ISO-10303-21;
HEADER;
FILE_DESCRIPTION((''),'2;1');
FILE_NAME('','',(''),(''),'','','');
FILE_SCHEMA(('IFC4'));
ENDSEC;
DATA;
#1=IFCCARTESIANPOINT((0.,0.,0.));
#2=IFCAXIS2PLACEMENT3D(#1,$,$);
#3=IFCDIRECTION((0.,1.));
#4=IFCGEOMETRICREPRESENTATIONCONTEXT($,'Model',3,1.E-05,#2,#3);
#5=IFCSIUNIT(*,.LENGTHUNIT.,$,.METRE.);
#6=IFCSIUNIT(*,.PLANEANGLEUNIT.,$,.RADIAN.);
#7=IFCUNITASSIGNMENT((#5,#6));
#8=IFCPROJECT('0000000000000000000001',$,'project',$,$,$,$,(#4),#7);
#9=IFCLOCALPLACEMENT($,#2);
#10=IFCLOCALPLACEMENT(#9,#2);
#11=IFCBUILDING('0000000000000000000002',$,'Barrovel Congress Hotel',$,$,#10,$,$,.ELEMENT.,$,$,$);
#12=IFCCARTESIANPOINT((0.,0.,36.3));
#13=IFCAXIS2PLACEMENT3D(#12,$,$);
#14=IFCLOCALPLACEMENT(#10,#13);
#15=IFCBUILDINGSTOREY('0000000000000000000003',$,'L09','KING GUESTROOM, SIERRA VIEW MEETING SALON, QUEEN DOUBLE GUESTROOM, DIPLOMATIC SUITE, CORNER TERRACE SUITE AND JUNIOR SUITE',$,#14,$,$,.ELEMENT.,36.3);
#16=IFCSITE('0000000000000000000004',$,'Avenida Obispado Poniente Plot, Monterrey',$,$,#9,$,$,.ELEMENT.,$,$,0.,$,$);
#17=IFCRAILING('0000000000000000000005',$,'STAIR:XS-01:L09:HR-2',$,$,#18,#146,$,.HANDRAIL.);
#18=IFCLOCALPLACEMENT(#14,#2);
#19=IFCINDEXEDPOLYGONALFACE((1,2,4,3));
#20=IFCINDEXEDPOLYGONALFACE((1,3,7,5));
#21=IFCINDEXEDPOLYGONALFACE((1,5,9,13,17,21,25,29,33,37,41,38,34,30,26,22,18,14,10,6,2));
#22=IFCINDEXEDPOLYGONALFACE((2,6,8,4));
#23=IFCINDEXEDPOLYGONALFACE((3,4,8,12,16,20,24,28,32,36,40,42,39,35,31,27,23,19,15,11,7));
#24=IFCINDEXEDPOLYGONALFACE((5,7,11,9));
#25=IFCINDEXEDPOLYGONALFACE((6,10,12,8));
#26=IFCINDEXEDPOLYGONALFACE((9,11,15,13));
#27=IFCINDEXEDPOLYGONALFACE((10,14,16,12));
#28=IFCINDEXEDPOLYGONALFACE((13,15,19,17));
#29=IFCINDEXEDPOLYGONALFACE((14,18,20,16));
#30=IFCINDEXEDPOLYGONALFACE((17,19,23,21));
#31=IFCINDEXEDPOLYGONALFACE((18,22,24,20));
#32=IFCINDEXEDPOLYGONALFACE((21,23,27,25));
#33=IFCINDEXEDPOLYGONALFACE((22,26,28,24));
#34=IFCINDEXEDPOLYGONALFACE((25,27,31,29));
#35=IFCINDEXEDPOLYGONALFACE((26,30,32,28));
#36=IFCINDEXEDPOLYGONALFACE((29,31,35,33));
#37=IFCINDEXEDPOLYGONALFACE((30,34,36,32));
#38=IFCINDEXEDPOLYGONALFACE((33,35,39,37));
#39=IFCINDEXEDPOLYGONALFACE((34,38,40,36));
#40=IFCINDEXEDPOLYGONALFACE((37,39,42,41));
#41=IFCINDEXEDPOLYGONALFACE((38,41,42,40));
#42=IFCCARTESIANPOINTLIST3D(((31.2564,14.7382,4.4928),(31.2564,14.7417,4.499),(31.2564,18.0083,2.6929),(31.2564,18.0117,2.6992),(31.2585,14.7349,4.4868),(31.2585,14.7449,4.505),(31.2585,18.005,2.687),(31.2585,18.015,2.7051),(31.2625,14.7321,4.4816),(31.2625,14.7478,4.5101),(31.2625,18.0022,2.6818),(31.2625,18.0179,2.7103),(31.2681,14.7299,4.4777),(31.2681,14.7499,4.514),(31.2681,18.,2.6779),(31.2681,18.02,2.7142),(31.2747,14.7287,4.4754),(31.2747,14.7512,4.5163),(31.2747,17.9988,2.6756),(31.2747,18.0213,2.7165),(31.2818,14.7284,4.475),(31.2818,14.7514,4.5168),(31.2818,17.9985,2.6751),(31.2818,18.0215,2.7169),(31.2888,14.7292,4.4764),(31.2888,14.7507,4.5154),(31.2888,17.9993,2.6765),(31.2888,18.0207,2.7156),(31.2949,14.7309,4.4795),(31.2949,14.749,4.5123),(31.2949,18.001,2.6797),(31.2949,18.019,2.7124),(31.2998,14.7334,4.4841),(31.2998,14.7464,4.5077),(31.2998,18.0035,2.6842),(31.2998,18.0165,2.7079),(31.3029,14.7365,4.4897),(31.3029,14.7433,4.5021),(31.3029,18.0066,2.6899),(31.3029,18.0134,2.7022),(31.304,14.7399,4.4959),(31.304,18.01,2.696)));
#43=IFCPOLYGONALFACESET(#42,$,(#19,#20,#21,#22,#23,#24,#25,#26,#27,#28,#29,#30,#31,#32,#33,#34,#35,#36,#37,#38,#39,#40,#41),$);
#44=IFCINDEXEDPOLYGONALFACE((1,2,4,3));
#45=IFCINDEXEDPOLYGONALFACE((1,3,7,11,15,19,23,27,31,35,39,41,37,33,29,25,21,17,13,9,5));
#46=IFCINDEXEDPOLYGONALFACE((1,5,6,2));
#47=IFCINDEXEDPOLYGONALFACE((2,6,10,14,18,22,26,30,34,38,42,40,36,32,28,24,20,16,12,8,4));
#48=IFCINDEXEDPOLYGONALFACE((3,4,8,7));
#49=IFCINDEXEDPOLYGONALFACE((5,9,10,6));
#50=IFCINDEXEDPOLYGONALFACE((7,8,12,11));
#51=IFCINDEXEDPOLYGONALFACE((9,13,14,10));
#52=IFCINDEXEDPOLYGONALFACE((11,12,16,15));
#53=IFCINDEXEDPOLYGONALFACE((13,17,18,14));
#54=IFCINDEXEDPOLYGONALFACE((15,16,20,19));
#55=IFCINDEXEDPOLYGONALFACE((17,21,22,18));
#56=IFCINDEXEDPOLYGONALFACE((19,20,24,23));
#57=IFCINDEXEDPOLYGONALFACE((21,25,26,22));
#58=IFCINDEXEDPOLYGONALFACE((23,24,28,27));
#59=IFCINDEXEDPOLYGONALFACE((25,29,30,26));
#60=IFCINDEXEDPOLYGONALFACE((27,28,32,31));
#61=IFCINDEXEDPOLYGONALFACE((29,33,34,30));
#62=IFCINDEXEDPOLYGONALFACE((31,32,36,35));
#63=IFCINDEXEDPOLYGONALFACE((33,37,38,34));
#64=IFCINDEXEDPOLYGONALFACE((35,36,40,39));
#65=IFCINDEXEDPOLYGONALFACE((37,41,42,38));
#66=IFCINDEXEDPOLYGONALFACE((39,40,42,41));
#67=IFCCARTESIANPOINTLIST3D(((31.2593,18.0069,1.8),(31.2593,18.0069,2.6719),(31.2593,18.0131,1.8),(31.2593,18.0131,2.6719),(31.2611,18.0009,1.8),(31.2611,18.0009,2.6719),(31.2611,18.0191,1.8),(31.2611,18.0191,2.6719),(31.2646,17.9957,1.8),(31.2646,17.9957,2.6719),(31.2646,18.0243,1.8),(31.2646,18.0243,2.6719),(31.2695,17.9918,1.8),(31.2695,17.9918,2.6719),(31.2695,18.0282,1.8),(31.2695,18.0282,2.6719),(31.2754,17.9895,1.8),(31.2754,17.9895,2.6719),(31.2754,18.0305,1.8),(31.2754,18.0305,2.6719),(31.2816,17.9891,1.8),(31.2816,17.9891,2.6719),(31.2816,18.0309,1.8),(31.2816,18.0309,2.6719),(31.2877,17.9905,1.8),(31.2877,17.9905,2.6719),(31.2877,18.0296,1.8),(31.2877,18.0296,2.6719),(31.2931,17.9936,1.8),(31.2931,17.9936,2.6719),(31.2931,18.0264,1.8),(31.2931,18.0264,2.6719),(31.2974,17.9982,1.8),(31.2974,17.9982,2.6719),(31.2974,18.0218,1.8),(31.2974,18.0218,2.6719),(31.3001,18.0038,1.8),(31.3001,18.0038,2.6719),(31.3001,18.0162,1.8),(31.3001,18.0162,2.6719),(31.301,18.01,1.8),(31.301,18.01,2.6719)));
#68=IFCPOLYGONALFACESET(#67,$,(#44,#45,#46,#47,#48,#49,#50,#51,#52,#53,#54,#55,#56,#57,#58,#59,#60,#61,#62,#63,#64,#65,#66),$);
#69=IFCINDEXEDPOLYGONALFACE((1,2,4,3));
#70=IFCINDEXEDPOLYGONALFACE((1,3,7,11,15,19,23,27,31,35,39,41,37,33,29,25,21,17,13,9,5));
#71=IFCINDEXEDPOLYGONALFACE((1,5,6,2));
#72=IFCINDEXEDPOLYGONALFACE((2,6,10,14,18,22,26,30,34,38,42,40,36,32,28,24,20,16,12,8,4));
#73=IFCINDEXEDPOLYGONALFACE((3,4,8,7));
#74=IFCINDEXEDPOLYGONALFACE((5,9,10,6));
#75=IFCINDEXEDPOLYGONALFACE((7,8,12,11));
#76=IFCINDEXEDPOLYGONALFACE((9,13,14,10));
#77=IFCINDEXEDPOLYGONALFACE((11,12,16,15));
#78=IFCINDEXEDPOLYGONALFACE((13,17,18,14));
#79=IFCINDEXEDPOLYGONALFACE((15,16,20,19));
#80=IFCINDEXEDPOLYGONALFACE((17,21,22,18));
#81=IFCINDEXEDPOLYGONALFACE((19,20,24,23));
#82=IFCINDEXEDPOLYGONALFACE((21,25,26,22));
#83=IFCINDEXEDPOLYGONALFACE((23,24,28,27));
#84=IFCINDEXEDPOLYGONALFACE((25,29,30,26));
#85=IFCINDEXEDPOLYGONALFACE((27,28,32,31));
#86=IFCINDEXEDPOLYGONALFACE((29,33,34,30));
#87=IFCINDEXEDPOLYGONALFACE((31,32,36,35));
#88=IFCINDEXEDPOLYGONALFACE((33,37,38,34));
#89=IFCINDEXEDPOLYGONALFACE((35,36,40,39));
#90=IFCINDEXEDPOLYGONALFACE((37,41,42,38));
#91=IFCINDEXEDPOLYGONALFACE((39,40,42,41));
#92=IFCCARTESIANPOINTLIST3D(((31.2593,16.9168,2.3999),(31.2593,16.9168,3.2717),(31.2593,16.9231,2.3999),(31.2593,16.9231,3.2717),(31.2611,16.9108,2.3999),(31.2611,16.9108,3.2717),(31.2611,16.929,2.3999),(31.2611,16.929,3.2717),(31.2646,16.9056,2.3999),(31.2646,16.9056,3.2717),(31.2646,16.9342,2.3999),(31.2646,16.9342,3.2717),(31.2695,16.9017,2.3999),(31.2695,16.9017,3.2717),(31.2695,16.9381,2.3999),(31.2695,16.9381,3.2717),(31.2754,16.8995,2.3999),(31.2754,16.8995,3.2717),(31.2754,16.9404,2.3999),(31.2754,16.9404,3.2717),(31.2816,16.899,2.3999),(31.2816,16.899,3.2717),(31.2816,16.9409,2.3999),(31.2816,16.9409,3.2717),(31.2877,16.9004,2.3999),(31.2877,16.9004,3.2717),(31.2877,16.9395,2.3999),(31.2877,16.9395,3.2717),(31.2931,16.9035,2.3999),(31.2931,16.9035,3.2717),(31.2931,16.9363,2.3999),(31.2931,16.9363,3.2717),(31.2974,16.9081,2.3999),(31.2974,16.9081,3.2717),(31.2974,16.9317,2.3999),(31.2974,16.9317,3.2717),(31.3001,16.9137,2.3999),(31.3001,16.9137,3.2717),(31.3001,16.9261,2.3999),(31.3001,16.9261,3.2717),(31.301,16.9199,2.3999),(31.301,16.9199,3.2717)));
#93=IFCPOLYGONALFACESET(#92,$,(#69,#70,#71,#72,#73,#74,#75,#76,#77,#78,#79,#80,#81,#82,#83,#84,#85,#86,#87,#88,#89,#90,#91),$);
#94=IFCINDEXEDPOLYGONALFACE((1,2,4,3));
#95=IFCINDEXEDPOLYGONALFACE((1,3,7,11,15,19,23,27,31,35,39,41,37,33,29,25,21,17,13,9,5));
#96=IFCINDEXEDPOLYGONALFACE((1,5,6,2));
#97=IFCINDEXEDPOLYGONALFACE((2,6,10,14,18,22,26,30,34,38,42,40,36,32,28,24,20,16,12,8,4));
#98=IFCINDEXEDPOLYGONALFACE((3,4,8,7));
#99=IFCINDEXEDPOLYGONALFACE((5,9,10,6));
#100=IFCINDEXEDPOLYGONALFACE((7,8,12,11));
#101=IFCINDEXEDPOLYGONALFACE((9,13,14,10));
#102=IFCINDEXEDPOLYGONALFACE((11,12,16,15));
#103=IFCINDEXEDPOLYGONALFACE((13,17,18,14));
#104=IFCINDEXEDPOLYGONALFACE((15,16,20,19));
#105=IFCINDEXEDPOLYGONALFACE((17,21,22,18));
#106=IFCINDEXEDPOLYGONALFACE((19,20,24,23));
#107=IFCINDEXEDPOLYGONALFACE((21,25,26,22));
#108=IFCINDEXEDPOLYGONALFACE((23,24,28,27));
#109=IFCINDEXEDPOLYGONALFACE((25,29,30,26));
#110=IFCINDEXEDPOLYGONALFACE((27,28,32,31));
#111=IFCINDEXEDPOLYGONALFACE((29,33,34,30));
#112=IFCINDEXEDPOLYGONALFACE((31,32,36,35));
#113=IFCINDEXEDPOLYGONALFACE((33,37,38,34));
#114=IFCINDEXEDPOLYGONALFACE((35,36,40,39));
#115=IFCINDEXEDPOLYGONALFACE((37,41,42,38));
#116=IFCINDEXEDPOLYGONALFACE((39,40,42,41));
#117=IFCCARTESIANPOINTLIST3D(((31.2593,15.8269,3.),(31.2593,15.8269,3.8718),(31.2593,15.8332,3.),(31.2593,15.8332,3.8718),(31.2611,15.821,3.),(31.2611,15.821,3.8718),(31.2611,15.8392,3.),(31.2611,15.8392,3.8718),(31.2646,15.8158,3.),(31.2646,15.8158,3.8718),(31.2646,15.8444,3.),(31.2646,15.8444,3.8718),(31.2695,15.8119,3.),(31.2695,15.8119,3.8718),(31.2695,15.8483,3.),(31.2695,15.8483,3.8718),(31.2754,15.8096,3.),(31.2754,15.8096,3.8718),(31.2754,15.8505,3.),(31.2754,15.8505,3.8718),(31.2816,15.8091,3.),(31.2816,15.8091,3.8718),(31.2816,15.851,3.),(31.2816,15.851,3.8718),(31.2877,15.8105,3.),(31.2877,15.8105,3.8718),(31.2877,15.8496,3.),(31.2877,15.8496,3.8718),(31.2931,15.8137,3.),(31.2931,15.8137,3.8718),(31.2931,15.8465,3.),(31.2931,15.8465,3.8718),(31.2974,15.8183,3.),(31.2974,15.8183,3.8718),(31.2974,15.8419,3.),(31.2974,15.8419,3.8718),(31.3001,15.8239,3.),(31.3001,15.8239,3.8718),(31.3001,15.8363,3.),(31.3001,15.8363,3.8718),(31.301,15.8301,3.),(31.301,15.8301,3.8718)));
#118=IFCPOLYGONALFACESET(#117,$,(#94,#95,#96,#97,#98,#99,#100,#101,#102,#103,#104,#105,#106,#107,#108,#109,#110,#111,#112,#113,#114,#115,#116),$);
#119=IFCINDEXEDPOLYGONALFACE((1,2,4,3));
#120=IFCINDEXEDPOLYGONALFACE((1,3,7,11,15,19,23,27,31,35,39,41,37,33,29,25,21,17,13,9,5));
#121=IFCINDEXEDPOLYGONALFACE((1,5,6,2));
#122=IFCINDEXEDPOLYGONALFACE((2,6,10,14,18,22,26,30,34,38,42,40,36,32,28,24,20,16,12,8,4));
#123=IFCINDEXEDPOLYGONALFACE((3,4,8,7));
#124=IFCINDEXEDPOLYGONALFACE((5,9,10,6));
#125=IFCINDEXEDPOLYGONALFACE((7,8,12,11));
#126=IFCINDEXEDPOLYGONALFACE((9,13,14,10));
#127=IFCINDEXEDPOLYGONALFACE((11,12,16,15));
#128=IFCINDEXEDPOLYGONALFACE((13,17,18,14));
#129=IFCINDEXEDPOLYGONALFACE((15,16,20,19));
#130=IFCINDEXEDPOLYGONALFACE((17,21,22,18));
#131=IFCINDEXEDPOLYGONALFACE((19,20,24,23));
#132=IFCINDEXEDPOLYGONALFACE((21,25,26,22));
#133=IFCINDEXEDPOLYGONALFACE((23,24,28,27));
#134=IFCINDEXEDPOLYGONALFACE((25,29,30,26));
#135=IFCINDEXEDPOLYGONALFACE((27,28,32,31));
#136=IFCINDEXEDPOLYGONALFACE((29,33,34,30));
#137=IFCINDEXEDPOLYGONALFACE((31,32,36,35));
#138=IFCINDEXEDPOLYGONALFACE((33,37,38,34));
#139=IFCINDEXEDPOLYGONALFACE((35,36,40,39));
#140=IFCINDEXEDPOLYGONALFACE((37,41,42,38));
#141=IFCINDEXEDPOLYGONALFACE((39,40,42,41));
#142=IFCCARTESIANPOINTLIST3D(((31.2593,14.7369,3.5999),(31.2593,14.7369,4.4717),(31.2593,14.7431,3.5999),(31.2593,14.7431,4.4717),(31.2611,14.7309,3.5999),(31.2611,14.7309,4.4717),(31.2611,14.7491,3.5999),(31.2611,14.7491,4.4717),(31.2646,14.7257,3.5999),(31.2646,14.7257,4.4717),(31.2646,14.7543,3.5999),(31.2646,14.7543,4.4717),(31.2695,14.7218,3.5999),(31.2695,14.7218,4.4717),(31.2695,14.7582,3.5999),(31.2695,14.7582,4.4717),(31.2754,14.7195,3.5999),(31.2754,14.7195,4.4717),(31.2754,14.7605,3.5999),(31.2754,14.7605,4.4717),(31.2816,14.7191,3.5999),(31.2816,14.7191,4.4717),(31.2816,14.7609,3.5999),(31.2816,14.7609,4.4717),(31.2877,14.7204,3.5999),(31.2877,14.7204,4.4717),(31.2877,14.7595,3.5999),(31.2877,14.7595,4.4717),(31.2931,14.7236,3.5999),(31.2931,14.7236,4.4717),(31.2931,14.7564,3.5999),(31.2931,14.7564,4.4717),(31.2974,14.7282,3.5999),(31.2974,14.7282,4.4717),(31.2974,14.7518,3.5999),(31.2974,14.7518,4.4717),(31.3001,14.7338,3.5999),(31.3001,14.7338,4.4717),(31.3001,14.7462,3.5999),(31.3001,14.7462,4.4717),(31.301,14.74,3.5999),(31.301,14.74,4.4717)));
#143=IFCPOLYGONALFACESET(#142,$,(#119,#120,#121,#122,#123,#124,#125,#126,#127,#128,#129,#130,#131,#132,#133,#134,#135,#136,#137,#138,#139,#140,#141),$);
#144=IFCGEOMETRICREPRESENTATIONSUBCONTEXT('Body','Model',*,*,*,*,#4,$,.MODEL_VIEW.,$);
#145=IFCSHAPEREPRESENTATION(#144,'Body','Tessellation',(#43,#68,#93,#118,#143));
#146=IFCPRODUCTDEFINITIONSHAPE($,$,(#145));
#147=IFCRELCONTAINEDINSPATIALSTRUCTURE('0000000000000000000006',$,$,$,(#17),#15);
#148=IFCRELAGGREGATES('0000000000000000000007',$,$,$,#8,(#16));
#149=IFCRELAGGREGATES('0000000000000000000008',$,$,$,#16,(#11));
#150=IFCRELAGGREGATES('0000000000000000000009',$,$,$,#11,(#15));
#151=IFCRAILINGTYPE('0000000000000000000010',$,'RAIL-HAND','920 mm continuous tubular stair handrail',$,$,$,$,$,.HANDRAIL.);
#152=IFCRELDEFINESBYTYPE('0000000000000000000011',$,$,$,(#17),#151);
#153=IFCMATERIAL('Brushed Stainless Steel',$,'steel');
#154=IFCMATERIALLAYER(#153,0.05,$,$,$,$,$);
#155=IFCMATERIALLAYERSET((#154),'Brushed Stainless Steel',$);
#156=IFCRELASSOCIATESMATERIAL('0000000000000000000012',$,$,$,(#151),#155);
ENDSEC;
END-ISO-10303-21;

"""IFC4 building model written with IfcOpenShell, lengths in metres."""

from ifc_helpers import new_model, si_unit, direction, frame, origin, origin_2d, place, context, subcontext, project, spatial, circle, extrude, material, layer, layer_set, type_object, element, save


model = new_model("IFC4")

# Units and contexts
model_context = context("Model", 3, precision=1e-05, world=origin(), true_north=direction((0.0, 1.0)))
body_context = subcontext(model_context, "Body", "Model", "MODEL_VIEW")
ifc_project = project(units=[si_unit("LENGTHUNIT", "METRE"), si_unit("PLANEANGLEUNIT", "RADIAN")], contexts=[model_context])

# Site, building, storey
site_placement = place(None, origin())
site = spatial("IfcSite", under=ifc_project, at=site_placement, Name="Avenida Obispado Poniente Plot, Monterrey", CompositionType="ELEMENT", RefElevation=0.0)
building_placement = place(site_placement, origin())
building = spatial("IfcBuilding", under=site, at=building_placement, Name="Barrovel Congress Hotel", CompositionType="ELEMENT")
storey_placement = place(building_placement, frame((0.0, 0.0, 36.3)))
storey = spatial("IfcBuildingStorey", under=building, at=storey_placement, Name="L09", Description="KING GUESTROOM, SIERRA VIEW MEETING SALON, QUEEN DOUBLE GUESTROOM, DIPLOMATIC SUITE, CORNER TERRACE SUITE AND JUNIOR SUITE", CompositionType="ELEMENT", Elevation=36.3)

# Shared definitions
ifc_material_1 = material(Name="Brushed Stainless Steel", Category="steel")

# Railing
ifc_layer_1 = layer(ifc_material_1, 0.05)
ifc_layer_set_1 = layer_set([ifc_layer_1], Name="Brushed Stainless Steel")
railing_type_1 = type_object("IfcRailingType", Name="RAIL-HAND", Description="920 mm continuous tubular stair handrail", PredefinedType="HANDRAIL", material=ifc_layer_set_1)
railing_1_placement = place(storey_placement, frame((31.28, 18.01, 1.8)))
element("IfcRailing", 1, at=railing_1_placement, inside=storey, type_object=railing_type_1, Name="STAIR:XS-01:L09:HR-2", PredefinedType="HANDRAIL", context=body_context, shape_type="SweptSolid", body=[
    extrude(circle(Radius=0.0239, at=origin_2d()), frame((0.0, 0.0, 0.896), z_axis=(0.0, -0.876069, 0.482185), x_axis=(1.0, 0.0, 0.0)), (0.0, 0.0, 1.0), 3.7327),
    extrude(circle(Radius=0.021, at=origin_2d()), origin(), (0.0, 0.0, 1.0), 0.8718),
    extrude(circle(Radius=0.021, at=origin_2d()), frame((0.0, -1.0901, 0.5999)), (0.0, 0.0, 1.0), 0.8718),
    extrude(circle(Radius=0.021, at=origin_2d()), frame((0.0, -2.1799, 1.2)), (0.0, 0.0, 1.0), 0.8718),
    extrude(circle(Radius=0.021, at=origin_2d()), frame((0.0, -3.27, 1.7998)), (0.0, 0.0, 1.0), 0.8718),
])

save(model, "model.ifc")
